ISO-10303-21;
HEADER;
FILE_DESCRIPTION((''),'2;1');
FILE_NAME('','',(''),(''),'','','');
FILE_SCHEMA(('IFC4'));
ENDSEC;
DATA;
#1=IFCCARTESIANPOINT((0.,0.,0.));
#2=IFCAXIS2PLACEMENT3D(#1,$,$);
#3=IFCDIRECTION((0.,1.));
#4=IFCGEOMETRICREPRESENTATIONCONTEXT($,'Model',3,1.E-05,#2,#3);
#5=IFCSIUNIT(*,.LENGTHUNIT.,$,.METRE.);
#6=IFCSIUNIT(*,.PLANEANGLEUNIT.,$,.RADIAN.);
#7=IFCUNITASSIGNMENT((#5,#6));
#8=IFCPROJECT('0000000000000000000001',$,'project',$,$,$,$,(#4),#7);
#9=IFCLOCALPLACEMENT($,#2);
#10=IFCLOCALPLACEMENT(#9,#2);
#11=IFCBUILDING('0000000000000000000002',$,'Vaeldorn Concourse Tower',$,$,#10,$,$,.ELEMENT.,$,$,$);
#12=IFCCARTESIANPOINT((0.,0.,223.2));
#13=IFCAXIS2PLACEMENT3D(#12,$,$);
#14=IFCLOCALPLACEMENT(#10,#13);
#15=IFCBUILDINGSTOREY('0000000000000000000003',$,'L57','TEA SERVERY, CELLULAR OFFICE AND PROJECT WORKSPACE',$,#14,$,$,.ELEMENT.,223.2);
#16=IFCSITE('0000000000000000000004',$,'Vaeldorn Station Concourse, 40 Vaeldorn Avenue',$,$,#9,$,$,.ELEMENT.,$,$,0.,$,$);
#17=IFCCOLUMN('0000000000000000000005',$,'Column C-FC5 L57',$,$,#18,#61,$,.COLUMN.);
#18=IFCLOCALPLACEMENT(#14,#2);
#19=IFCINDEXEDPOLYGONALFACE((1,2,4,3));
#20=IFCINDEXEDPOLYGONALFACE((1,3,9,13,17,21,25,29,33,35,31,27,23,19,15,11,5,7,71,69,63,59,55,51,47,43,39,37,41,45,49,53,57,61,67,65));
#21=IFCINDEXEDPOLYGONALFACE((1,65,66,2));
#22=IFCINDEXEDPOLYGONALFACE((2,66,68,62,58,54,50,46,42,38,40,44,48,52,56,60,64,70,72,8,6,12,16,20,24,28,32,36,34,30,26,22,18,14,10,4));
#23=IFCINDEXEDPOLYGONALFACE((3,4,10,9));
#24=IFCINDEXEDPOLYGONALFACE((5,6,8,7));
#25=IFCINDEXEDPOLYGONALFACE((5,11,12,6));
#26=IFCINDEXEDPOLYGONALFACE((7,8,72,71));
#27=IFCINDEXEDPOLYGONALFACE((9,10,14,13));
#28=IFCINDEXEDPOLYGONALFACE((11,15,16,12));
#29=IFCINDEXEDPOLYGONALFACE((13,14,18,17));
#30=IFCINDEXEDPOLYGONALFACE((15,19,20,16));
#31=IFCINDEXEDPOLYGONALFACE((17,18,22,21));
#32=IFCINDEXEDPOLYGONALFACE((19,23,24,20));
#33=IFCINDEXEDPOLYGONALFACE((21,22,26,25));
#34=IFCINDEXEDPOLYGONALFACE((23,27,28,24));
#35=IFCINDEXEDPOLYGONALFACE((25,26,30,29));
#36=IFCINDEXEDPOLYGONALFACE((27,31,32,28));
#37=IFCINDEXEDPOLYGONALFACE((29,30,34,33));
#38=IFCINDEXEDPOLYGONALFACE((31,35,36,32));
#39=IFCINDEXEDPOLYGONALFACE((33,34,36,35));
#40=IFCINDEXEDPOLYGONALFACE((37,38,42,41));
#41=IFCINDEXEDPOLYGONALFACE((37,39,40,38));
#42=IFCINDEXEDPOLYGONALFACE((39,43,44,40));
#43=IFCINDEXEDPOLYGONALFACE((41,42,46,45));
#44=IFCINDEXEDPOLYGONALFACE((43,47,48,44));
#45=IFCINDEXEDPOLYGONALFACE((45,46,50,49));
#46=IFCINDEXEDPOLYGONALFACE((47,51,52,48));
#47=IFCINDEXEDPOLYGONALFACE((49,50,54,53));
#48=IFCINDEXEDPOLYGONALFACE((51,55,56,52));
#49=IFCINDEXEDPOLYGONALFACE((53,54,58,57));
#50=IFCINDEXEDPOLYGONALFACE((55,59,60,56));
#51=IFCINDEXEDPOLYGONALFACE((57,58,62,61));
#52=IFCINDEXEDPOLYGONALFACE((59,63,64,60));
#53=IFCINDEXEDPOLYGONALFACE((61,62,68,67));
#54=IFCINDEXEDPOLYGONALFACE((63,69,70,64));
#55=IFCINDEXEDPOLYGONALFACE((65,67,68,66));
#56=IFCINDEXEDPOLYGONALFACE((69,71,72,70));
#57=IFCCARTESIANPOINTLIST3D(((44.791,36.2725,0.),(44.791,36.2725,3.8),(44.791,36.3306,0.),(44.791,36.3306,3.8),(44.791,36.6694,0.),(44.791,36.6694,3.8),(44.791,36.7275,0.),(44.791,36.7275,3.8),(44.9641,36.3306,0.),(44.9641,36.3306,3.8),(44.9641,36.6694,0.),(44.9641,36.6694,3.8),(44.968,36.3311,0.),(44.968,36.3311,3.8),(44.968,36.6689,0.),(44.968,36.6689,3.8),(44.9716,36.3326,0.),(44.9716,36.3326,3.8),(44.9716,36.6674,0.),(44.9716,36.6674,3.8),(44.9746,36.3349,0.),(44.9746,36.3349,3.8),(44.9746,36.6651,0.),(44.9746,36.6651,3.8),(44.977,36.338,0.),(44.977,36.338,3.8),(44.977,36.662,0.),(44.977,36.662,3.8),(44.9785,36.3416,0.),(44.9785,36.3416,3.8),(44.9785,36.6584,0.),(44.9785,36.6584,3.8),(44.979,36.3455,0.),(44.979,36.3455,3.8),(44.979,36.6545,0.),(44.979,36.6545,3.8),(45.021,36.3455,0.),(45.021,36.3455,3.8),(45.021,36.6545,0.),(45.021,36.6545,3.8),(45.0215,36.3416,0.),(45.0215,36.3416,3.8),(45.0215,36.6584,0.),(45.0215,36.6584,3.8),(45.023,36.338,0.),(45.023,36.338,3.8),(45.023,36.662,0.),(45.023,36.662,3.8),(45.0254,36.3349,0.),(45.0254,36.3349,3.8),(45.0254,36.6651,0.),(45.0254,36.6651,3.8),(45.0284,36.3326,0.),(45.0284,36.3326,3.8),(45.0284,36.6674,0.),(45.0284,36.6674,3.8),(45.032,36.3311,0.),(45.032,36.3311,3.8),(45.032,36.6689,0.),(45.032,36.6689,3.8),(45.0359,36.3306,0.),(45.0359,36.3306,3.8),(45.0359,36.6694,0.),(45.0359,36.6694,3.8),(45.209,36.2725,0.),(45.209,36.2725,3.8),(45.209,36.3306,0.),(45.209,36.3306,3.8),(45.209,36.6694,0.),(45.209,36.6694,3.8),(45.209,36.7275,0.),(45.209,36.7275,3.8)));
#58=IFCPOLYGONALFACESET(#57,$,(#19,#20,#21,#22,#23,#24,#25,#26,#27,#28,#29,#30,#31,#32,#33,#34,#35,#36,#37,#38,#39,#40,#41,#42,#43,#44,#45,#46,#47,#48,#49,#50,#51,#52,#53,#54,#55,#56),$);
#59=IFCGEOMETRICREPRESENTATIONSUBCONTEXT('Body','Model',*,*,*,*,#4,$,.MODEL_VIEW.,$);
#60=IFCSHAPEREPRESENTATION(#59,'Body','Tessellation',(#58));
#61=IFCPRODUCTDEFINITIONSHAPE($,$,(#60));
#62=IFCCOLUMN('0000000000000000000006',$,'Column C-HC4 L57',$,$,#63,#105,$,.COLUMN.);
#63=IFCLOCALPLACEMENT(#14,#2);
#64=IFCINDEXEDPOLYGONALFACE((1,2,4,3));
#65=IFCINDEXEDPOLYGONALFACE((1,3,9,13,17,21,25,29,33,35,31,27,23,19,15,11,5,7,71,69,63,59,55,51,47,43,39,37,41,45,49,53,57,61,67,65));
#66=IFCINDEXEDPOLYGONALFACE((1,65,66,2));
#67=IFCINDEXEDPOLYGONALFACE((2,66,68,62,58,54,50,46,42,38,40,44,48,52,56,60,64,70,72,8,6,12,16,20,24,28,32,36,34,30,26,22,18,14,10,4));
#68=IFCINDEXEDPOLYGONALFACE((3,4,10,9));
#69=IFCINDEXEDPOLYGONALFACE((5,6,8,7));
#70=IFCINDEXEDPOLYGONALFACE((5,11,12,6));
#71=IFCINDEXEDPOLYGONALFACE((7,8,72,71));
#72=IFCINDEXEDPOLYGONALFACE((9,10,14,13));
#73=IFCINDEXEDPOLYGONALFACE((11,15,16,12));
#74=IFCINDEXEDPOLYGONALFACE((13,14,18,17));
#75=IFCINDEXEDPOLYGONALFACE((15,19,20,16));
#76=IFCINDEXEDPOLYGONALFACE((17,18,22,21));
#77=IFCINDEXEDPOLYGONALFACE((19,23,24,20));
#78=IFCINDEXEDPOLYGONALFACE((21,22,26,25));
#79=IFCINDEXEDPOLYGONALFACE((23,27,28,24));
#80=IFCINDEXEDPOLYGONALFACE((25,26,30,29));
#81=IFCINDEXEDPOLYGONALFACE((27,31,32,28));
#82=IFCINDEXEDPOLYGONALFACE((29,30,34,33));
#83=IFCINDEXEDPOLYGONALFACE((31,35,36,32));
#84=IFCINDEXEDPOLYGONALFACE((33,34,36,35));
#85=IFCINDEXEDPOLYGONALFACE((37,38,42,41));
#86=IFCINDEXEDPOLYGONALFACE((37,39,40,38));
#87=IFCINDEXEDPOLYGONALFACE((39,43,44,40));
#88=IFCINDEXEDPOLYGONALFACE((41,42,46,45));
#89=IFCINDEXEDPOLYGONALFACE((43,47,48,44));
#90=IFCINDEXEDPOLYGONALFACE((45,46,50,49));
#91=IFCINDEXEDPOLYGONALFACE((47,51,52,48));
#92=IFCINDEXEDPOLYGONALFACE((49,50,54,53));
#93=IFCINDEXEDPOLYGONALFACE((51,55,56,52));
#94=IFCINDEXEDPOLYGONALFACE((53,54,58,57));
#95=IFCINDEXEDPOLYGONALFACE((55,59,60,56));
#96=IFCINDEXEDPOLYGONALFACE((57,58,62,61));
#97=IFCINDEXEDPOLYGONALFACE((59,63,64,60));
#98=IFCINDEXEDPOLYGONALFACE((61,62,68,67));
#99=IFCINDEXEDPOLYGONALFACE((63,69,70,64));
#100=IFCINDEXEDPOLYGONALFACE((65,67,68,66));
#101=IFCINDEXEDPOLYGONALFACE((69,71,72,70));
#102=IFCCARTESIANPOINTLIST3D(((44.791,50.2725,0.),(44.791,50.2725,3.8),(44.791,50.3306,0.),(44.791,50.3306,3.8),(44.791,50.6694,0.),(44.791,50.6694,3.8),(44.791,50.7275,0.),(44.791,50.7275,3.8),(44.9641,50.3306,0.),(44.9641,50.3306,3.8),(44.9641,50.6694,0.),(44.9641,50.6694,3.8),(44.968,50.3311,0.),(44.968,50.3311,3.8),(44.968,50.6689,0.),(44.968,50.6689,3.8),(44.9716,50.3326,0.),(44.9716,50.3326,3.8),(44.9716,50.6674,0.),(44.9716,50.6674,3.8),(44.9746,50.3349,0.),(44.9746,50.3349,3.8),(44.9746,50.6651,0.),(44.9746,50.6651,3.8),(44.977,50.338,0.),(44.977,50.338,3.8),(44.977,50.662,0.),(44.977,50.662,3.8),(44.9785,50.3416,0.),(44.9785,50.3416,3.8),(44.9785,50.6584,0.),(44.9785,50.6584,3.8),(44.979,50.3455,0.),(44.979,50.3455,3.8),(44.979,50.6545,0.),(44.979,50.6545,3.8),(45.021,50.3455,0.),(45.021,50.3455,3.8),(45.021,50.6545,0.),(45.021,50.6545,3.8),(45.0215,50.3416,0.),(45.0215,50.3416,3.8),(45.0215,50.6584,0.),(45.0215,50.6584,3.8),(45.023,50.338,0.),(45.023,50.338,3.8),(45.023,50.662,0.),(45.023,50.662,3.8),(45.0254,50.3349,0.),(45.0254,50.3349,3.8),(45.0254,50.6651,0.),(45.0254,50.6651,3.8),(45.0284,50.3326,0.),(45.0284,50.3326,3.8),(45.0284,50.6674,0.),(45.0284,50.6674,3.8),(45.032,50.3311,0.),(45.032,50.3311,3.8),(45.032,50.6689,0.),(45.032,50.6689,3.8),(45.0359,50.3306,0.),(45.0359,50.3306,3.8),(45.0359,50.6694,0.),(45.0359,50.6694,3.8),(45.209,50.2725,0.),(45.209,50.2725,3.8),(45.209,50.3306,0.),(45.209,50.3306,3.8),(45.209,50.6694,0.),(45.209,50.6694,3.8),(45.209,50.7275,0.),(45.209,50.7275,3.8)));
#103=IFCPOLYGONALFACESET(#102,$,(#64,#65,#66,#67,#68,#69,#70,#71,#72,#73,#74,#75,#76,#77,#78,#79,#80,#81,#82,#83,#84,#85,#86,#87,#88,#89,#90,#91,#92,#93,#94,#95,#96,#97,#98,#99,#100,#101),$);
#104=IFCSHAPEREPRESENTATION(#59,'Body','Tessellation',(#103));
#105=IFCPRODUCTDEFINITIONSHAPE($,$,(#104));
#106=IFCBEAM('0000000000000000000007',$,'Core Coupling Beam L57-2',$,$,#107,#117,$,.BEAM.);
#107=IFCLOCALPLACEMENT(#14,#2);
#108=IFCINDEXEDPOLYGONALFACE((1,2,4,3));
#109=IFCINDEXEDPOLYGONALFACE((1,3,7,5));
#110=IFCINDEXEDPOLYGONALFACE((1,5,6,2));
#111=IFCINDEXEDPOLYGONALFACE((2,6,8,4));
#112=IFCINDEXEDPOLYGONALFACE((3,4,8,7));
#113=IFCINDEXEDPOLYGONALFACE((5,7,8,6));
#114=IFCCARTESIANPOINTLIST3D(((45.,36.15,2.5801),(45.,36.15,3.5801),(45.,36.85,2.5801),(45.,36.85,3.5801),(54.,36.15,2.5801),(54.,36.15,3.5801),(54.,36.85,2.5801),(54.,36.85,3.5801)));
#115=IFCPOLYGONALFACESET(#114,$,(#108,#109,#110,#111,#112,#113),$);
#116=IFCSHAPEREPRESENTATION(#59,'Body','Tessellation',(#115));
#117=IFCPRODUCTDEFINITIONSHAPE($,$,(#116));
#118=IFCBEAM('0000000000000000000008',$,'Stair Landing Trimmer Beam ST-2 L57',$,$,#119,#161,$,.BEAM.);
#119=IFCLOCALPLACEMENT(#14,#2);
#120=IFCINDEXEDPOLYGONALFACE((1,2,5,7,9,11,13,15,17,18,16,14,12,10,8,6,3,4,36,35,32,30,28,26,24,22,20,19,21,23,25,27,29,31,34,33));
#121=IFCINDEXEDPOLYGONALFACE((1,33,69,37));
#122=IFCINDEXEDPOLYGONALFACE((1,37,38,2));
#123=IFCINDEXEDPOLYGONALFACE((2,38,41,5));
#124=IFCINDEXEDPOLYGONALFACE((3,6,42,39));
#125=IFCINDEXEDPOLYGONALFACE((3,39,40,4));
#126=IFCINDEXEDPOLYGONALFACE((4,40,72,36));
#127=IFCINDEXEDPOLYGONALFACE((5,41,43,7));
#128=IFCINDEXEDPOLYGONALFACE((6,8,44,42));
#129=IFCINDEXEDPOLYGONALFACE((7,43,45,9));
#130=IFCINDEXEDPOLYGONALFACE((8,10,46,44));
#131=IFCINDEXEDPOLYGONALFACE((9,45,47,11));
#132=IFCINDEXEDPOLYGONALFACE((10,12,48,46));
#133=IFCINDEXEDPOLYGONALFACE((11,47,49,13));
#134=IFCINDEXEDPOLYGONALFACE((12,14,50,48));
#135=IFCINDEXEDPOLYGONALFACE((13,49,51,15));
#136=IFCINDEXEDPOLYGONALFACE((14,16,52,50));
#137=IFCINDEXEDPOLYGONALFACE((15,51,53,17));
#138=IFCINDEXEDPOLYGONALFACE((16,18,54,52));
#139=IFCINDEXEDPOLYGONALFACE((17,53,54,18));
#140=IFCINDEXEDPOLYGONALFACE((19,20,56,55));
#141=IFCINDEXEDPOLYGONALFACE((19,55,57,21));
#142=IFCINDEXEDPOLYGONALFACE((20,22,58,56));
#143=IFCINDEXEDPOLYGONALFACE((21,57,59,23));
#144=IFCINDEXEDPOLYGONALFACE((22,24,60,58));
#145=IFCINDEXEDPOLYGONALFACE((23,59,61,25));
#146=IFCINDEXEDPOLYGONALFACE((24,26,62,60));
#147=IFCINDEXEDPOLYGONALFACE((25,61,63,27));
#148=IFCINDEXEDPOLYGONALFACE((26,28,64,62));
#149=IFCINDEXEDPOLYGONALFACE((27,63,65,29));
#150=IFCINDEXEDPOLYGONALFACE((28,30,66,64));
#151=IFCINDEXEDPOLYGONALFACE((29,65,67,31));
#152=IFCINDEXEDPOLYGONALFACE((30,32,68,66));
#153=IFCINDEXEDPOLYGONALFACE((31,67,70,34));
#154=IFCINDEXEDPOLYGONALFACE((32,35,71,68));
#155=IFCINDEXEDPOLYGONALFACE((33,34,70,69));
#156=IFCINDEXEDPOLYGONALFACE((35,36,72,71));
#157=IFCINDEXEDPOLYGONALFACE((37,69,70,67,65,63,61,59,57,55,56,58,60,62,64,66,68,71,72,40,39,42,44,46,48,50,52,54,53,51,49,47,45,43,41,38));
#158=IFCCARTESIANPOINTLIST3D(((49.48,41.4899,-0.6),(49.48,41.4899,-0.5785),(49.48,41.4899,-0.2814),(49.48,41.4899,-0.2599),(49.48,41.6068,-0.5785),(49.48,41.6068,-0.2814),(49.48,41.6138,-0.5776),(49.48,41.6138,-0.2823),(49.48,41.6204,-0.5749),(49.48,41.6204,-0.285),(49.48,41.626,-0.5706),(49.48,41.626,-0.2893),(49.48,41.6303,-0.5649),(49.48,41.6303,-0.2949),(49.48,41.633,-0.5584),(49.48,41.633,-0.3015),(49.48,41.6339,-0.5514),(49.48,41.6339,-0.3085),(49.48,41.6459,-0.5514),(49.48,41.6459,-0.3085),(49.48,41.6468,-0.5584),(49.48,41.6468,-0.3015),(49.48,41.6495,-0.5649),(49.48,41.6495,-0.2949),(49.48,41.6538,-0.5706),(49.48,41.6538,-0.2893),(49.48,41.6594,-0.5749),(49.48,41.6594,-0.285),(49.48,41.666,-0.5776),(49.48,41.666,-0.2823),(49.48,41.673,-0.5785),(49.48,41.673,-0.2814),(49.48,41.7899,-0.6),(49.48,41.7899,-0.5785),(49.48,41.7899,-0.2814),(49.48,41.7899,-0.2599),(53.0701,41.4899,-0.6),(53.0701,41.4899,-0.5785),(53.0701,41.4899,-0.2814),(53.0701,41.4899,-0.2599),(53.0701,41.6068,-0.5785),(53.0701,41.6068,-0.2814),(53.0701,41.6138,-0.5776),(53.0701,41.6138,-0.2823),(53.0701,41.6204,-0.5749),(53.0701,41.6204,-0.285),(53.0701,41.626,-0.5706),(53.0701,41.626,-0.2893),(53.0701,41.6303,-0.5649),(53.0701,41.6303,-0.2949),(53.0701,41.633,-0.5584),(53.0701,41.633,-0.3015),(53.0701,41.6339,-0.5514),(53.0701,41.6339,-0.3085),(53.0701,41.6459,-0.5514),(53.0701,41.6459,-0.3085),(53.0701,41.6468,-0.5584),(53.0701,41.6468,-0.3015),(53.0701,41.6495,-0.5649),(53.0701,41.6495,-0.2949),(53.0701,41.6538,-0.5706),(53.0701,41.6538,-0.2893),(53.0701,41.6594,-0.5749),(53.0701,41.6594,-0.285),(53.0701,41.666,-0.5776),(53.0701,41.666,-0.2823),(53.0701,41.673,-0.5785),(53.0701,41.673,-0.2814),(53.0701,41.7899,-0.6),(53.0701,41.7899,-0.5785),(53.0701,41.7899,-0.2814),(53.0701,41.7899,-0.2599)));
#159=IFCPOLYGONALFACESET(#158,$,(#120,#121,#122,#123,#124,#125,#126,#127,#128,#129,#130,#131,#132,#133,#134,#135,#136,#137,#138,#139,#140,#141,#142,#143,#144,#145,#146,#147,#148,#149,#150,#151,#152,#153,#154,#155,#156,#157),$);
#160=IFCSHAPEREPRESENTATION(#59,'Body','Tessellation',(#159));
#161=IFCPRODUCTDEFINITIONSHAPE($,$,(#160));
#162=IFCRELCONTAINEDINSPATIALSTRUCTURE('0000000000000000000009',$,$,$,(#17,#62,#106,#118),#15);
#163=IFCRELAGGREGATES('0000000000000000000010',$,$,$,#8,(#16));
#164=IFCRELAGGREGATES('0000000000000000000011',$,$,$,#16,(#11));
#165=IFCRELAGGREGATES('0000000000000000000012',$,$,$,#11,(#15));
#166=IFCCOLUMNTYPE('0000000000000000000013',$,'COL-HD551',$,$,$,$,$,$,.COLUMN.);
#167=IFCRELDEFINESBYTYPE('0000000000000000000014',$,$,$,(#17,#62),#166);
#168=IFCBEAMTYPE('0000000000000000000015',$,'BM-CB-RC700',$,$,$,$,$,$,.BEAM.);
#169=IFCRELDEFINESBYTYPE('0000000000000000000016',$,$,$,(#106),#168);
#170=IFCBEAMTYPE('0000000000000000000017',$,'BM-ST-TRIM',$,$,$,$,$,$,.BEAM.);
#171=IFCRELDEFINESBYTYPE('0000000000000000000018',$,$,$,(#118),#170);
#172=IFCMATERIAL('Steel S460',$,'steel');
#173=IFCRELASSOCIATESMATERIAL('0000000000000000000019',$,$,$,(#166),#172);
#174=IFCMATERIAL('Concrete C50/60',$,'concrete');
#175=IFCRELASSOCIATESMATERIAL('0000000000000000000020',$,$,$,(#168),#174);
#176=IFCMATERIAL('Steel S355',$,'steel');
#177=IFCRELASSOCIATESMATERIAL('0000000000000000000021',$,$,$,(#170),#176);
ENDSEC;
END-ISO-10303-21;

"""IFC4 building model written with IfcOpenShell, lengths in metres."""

from ifc_helpers import new_model, si_unit, direction, frame, origin, origin_2d, place, context, subcontext, project, spatial, rectangle, i_section, extrude, source, transform, mapped, material, material_profile, profile_set, type_object, element, save


model = new_model("IFC4")

# Units and contexts
model_context = context("Model", 3, precision=1e-05, world=origin(), true_north=direction((0.0, 1.0)))
body_context = subcontext(model_context, "Body", "Model", "MODEL_VIEW")
ifc_project = project(units=[si_unit("LENGTHUNIT", "METRE"), si_unit("PLANEANGLEUNIT", "RADIAN")], contexts=[model_context])

# Site, building, storey
site_placement = place(None, origin())
site = spatial("IfcSite", under=ifc_project, at=site_placement, Name="Vaeldorn Station Concourse, 40 Vaeldorn Avenue", CompositionType="ELEMENT", RefElevation=0.0)
building_placement = place(site_placement, origin())
building = spatial("IfcBuilding", under=site, at=building_placement, Name="Vaeldorn Concourse Tower", CompositionType="ELEMENT")
storey_placement = place(building_placement, frame((0.0, 0.0, 223.2)))
storey = spatial("IfcBuildingStorey", under=building, at=storey_placement, Name="L57", Description="TEA SERVERY, CELLULAR OFFICE AND PROJECT WORKSPACE", CompositionType="ELEMENT", Elevation=223.2)

# Columns
ifc_material_1 = material(Name="Steel S460", Category="steel")
ifc_material_profile_1 = material_profile(ifc_material_1, i_section(OverallWidth=0.418, OverallDepth=0.4551, WebThickness=0.042, FlangeThickness=0.0581, FilletRadius=0.0149, at=origin_2d()), Name="HD 400x551")
ifc_profile_set_1 = profile_set([ifc_material_profile_1], Name="Steel S460")
column_type = type_object("IfcColumnType", Name="COL-HD551", PredefinedType="COLUMN", material=ifc_profile_set_1)
shared_shape_1 = source(origin(), body_context, "Body", "SweptSolid", [
    extrude(i_section(OverallWidth=0.418, OverallDepth=0.4551, WebThickness=0.042, FlangeThickness=0.0581, FilletRadius=0.0149, at=origin_2d()), origin(), (0.0, 0.0, 1.0), 3.8),
])
for number, where, z_axis, x_axis, name in (
    (1, (45.0, 36.5, 0.0), (0.0, 0.0, 1.0), (1.0, 0.0, 0.0), "Column C-FC5 L57"),
    (2, (45.0, 50.5, 0.0), (0.0, 0.0, 1.0), (1.0, 0.0, 0.0), "Column C-HC4 L57"),
):
    element("IfcColumn", number, at=place(storey_placement, frame(where, z_axis=z_axis, x_axis=x_axis)), inside=storey, type_object=column_type, Name=name, PredefinedType="COLUMN", context=body_context, shape_type="MappedRepresentation", body=[
        mapped(shared_shape_1, transform((0.0, 0.0, 0.0), scale=1.0)),
    ])

# Beams
ifc_material_2 = material(Name="Concrete C50/60", Category="concrete")
ifc_material_profile_2 = material_profile(ifc_material_2, rectangle(XDim=0.7, YDim=1.0, at=origin_2d()), Name="RC 700x1000")
ifc_profile_set_2 = profile_set([ifc_material_profile_2], Name="Concrete C50/60")
beam_type_1 = type_object("IfcBeamType", Name="BM-CB-RC700", PredefinedType="BEAM", material=ifc_profile_set_2)
shared_shape_2 = source(origin(), body_context, "Body", "SweptSolid", [
    extrude(rectangle(XDim=0.7, YDim=1.0, at=origin_2d()), origin(), (0.0, 0.0, 1.0), 9.0),
])
beam_1_placement = place(storey_placement, frame((45.0, 36.5, 3.0801), z_axis=(1.0, 0.0, 0.0), x_axis=(0.0, 1.0, 0.0)))
element("IfcBeam", 3, at=beam_1_placement, inside=storey, type_object=beam_type_1, Name="Core Coupling Beam L57-2", PredefinedType="BEAM", context=body_context, shape_type="MappedRepresentation", body=[
    mapped(shared_shape_2, transform((0.0, 0.0, 0.0), scale=1.0)),
])
ifc_material_3 = material(Name="Steel S355", Category="steel")
ifc_material_profile_3 = material_profile(ifc_material_3, i_section(OverallWidth=0.3, OverallDepth=0.3401, WebThickness=0.012, FlangeThickness=0.0215, FilletRadius=0.0271, at=origin_2d()), Name="HEB 340")
ifc_profile_set_3 = profile_set([ifc_material_profile_3], Name="Steel S355")
beam_type_2 = type_object("IfcBeamType", Name="BM-ST-TRIM", PredefinedType="BEAM", material=ifc_profile_set_3)
shared_shape_3 = source(origin(), body_context, "Body", "SweptSolid", [
    extrude(i_section(OverallWidth=0.3, OverallDepth=0.3401, WebThickness=0.012, FlangeThickness=0.0215, FilletRadius=0.0271, at=origin_2d()), origin(), (0.0, 0.0, 1.0), 3.5901),
])
beam_2_placement = place(storey_placement, frame((49.48, 41.6399, -0.4299), z_axis=(1.0, 0.0, 0.0), x_axis=(0.0, 1.0, 0.0)))
element("IfcBeam", 4, at=beam_2_placement, inside=storey, type_object=beam_type_2, Name="Stair Landing Trimmer Beam ST-2 L57", PredefinedType="BEAM", context=body_context, shape_type="MappedRepresentation", body=[
    mapped(shared_shape_3, transform((0.0, 0.0, 0.0), scale=1.0)),
])

save(model, "model.ifc")
